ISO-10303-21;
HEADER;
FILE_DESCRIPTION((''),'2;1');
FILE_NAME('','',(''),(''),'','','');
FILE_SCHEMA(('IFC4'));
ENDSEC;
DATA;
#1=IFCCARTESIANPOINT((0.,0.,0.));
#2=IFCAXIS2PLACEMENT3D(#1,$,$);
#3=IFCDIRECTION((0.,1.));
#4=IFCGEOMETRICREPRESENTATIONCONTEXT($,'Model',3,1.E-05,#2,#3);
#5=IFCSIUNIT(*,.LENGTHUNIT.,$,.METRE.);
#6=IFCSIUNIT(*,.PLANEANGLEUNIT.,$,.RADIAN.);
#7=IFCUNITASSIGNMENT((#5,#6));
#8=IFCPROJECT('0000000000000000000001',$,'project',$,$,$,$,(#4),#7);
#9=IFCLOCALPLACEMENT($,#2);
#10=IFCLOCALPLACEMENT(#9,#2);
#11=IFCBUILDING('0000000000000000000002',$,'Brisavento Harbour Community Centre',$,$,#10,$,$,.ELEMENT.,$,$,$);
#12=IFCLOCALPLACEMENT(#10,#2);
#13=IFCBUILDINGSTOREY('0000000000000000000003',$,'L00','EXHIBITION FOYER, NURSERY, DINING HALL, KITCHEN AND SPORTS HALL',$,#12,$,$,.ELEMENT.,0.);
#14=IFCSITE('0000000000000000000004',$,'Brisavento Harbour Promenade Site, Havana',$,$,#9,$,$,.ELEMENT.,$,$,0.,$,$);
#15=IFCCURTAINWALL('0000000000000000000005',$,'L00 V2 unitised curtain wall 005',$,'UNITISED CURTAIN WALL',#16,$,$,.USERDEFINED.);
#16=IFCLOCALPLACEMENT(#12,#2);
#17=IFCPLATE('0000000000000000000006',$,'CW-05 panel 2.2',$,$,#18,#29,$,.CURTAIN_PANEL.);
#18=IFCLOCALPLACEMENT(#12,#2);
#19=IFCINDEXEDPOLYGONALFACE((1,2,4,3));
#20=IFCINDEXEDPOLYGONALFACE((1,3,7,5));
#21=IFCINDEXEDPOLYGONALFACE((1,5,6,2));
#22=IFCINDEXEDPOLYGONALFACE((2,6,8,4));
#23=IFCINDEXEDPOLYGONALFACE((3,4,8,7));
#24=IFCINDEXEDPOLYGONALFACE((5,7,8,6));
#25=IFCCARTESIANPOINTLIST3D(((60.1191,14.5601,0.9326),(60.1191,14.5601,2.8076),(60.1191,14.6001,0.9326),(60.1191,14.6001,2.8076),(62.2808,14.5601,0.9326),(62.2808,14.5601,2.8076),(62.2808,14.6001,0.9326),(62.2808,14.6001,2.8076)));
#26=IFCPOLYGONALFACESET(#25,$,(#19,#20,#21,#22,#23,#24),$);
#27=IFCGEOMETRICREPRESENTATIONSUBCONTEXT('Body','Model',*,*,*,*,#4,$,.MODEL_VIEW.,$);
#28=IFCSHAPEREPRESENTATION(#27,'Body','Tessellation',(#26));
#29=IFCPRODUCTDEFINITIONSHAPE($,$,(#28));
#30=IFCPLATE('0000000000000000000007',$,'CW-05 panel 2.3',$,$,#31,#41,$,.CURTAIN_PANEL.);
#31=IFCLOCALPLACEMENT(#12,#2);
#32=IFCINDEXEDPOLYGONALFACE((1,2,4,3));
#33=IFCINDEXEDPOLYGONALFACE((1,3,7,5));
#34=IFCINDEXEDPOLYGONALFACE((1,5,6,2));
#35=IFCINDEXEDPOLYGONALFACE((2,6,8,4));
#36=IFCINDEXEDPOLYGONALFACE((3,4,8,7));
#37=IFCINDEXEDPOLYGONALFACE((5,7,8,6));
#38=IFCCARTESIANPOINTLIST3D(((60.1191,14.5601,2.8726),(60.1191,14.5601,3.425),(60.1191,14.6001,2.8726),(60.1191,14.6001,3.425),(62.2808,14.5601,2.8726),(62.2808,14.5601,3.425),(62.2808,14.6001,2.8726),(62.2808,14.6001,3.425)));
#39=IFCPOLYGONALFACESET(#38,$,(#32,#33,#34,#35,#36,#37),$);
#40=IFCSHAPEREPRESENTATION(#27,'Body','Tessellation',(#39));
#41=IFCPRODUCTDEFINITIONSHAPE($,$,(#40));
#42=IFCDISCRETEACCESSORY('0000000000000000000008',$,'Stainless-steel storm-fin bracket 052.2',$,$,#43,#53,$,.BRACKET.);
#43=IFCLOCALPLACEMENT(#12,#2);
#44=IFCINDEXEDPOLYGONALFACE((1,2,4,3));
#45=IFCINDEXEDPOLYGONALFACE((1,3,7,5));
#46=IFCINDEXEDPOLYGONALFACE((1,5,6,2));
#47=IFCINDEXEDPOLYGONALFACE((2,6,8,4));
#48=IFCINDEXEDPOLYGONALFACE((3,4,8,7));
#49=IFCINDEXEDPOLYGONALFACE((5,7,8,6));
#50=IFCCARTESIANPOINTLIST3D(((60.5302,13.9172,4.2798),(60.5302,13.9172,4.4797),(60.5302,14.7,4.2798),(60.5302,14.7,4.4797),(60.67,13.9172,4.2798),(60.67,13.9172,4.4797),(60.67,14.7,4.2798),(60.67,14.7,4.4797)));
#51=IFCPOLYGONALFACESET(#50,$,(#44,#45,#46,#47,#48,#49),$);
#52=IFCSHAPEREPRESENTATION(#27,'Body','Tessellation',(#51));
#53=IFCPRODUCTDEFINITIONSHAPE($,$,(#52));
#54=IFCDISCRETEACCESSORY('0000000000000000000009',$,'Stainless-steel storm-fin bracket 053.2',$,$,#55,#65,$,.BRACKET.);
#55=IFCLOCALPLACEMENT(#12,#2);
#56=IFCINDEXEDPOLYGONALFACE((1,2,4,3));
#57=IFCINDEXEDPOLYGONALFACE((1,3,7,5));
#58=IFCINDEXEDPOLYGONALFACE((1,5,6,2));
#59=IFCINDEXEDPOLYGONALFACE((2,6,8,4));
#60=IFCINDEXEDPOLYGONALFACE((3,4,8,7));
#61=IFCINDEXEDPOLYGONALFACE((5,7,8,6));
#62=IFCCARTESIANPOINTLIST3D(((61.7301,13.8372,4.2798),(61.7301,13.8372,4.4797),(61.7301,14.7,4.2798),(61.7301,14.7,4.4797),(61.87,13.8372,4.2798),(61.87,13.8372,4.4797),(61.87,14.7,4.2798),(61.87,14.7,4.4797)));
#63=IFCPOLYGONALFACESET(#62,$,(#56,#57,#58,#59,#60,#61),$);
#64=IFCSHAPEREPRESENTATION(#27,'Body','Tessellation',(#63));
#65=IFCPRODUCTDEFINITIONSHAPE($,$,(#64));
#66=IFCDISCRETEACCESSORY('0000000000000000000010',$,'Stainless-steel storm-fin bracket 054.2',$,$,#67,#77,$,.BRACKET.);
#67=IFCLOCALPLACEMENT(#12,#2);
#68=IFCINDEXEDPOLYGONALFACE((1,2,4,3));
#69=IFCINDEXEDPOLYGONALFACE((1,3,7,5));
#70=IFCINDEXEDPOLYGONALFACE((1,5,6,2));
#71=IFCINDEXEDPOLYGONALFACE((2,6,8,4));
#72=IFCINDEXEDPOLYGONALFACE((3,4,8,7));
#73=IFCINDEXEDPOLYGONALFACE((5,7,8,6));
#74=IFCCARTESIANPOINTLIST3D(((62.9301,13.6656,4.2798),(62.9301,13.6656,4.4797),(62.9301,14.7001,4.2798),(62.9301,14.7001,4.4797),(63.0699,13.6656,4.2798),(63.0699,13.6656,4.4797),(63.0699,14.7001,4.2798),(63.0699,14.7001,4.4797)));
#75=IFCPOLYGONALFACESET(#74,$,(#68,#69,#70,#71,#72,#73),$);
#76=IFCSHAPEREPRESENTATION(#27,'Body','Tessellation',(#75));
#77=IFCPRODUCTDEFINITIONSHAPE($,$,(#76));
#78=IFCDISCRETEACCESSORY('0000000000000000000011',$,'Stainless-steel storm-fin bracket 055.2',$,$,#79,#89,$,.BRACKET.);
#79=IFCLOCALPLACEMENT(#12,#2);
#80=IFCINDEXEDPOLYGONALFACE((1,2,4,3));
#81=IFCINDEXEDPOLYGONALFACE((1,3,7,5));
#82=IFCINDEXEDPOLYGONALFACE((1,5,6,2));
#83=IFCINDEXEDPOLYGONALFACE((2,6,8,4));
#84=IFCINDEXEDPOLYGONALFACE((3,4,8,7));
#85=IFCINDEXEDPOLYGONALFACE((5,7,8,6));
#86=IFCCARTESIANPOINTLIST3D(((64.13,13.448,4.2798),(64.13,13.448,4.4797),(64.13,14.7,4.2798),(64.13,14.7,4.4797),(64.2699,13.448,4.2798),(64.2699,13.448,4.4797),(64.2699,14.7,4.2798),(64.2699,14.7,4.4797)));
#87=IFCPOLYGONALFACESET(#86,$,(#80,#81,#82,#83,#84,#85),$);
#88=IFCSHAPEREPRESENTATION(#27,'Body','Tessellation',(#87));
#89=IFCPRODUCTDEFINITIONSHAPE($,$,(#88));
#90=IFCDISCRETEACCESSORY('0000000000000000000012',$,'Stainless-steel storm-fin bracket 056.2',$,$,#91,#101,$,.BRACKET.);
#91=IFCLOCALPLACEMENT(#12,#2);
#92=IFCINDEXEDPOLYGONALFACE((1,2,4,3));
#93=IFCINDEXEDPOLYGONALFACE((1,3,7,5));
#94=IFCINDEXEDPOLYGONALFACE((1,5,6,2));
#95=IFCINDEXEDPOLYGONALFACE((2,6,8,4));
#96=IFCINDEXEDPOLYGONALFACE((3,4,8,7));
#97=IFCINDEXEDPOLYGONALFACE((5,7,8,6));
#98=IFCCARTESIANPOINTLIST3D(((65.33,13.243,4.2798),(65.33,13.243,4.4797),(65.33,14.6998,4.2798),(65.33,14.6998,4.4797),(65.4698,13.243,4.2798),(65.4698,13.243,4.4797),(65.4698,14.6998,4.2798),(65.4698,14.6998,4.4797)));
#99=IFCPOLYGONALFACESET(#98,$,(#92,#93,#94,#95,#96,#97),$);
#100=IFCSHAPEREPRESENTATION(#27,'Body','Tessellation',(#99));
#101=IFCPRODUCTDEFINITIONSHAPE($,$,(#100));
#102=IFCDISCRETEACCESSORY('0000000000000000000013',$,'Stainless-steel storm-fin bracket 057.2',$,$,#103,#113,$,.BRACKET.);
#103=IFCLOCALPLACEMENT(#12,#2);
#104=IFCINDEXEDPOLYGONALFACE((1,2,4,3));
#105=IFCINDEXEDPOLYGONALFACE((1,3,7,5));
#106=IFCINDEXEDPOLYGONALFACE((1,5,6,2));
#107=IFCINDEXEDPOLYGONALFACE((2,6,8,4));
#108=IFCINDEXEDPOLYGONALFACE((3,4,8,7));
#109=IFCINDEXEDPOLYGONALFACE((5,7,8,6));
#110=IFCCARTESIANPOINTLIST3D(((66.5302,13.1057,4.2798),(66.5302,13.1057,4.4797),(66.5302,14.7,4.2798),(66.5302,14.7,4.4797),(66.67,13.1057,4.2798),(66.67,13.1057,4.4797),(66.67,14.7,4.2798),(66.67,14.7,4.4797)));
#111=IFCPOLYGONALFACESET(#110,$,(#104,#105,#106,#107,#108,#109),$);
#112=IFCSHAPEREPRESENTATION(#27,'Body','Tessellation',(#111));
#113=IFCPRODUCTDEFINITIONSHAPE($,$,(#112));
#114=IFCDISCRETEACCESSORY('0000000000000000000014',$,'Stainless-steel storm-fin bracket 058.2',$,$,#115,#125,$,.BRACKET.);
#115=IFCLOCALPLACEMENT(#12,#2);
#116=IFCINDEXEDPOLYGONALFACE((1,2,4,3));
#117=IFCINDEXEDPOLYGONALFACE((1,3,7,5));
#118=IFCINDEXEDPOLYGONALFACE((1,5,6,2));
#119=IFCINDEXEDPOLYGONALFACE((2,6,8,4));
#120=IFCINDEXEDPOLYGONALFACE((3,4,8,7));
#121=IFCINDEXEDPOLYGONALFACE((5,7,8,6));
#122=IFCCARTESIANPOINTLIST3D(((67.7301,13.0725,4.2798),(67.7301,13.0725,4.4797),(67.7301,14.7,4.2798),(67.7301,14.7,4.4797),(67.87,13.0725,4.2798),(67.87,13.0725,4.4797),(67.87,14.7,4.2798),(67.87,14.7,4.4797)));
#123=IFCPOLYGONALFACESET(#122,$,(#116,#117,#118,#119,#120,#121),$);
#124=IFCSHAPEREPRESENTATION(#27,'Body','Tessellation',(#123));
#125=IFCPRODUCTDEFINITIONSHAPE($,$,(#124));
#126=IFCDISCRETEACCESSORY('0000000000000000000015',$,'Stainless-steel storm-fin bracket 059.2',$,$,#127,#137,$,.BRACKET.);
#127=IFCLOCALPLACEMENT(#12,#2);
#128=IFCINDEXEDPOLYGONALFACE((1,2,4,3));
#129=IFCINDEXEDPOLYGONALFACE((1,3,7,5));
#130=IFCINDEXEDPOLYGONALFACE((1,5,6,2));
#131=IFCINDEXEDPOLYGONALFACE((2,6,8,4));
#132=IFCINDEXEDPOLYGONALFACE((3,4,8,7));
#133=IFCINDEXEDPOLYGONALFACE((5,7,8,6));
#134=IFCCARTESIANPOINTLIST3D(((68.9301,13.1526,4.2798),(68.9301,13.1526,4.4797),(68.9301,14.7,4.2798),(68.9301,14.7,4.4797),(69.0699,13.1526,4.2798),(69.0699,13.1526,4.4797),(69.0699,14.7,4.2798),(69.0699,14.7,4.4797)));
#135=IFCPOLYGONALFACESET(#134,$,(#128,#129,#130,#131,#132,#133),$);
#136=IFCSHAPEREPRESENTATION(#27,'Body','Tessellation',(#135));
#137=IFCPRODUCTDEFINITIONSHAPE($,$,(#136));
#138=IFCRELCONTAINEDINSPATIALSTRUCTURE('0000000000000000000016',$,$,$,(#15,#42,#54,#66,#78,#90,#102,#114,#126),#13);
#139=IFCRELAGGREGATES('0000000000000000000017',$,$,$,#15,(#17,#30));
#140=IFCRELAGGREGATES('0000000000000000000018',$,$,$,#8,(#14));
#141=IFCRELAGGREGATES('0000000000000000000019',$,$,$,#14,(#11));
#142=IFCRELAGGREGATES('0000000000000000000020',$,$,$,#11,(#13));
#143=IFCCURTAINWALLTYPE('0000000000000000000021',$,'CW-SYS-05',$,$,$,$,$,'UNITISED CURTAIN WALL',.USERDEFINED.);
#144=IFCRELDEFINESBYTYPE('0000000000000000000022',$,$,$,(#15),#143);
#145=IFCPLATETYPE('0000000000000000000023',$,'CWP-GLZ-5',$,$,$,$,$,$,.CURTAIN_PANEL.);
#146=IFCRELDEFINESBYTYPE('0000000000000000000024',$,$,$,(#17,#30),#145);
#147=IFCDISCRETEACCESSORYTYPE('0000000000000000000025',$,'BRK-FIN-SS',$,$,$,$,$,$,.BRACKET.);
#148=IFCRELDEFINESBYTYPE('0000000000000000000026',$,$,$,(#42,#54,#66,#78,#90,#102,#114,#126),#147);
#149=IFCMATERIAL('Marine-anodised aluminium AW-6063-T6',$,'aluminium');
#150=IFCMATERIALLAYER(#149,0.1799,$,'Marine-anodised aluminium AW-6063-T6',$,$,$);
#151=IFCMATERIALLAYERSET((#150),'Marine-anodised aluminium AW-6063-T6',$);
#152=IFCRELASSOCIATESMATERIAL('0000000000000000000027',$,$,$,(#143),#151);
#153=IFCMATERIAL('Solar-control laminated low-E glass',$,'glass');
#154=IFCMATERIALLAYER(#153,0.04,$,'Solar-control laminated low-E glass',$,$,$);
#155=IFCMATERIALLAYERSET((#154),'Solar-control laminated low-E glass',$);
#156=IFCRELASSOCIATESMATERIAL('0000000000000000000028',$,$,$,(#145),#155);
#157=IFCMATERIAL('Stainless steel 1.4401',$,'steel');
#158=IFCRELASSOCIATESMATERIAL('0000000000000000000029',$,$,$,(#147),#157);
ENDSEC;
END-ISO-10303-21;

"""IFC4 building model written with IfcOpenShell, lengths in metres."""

from ifc_helpers import new_model, si_unit, direction, frame, origin, origin_2d, place, context, subcontext, project, spatial, rectangle, extrude, material, layer, layer_set, type_object, element, aggregate, save


model = new_model("IFC4")

# Units and contexts
model_context = context("Model", 3, precision=1e-05, world=origin(), true_north=direction((0.0, 1.0)))
body_context = subcontext(model_context, "Body", "Model", "MODEL_VIEW")
ifc_project = project(units=[si_unit("LENGTHUNIT", "METRE"), si_unit("PLANEANGLEUNIT", "RADIAN")], contexts=[model_context])

# Site, building, storey
site_placement = place(None, origin())
site = spatial("IfcSite", under=ifc_project, at=site_placement, Name="Brisavento Harbour Promenade Site, Havana", CompositionType="ELEMENT", RefElevation=0.0)
building_placement = place(site_placement, origin())
building = spatial("IfcBuilding", under=site, at=building_placement, Name="Brisavento Harbour Community Centre", CompositionType="ELEMENT")
storey_placement = place(building_placement, origin())
storey = spatial("IfcBuildingStorey", under=building, at=storey_placement, Name="L00", Description="EXHIBITION FOYER, NURSERY, DINING HALL, KITCHEN AND SPORTS HALL", CompositionType="ELEMENT", Elevation=0.0)

# Curtain wall, plates
ifc_material_1 = material(Name="Marine-anodised aluminium AW-6063-T6", Category="aluminium")
ifc_layer_1 = layer(ifc_material_1, 0.1799, Name="Marine-anodised aluminium AW-6063-T6")
ifc_layer_set_1 = layer_set([ifc_layer_1], Name="Marine-anodised aluminium AW-6063-T6")
curtain_wall_type = type_object("IfcCurtainWallType", Name="CW-SYS-05", ElementType="UNITISED CURTAIN WALL", PredefinedType="USERDEFINED", material=ifc_layer_set_1)
curtain_wall_placement = place(storey_placement, origin())
curtain_wall = element("IfcCurtainWall", 1, at=curtain_wall_placement, inside=storey, type_object=curtain_wall_type, Name="L00 V2 unitised curtain wall 005", ObjectType="UNITISED CURTAIN WALL", PredefinedType="USERDEFINED")
ifc_material_2 = material(Name="Solar-control laminated low-E glass", Category="glass")
ifc_layer_2 = layer(ifc_material_2, 0.04, Name="Solar-control laminated low-E glass")
ifc_layer_set_2 = layer_set([ifc_layer_2], Name="Solar-control laminated low-E glass")
plate_type = type_object("IfcPlateType", Name="CWP-GLZ-5", PredefinedType="CURTAIN_PANEL", material=ifc_layer_set_2)
plate_1_placement = place(storey_placement, frame((61.2, 14.5801, 0.9326), z_axis=(0.0, 0.0, 1.0), x_axis=(-1.0, 0.0, 0.0)))
plate_1 = element("IfcPlate", 2, at=plate_1_placement, type_object=plate_type, Name="CW-05 panel 2.2", PredefinedType="CURTAIN_PANEL", context=body_context, shape_type="SweptSolid", body=[
    extrude(rectangle(XDim=2.1616, YDim=0.04, at=origin_2d()), origin(), (0.0, 0.0, 1.0), 1.875),
])
plate_2_placement = place(storey_placement, frame((61.2, 14.5801, 2.8726), z_axis=(0.0, 0.0, 1.0), x_axis=(-1.0, 0.0, 0.0)))
plate_2 = element("IfcPlate", 3, at=plate_2_placement, type_object=plate_type, Name="CW-05 panel 2.3", PredefinedType="CURTAIN_PANEL", context=body_context, shape_type="SweptSolid", body=[
    extrude(rectangle(XDim=2.1616, YDim=0.04, at=origin_2d()), origin(), (0.0, 0.0, 1.0), 0.5525),
])
aggregate(curtain_wall, [plate_1, plate_2])

# Discrete accessories
ifc_material_3 = material(Name="Stainless steel 1.4401", Category="steel")
discrete_accessory_type = type_object("IfcDiscreteAccessoryType", Name="BRK-FIN-SS", PredefinedType="BRACKET", material=ifc_material_3)
discrete_accessory_1_placement = place(storey_placement, frame((60.6001, 14.3086, 4.2798), z_axis=(0.0, 0.0, 1.0), x_axis=(0.0, -1.0, 0.0)))
element("IfcDiscreteAccessory", 4, at=discrete_accessory_1_placement, inside=storey, type_object=discrete_accessory_type, Name="Stainless-steel storm-fin bracket 052.2", PredefinedType="BRACKET", context=body_context, shape_type="SweptSolid", body=[
    extrude(rectangle(XDim=0.7827, YDim=0.1399, at=origin_2d()), origin(), (0.0, 0.0, 1.0), 0.2),
])
discrete_accessory_2_placement = place(storey_placement, frame((61.8, 14.2686, 4.2798), z_axis=(0.0, 0.0, 1.0), x_axis=(0.0, -1.0, 0.0)))
element("IfcDiscreteAccessory", 5, at=discrete_accessory_2_placement, inside=storey, type_object=discrete_accessory_type, Name="Stainless-steel storm-fin bracket 053.2", PredefinedType="BRACKET", context=body_context, shape_type="SweptSolid", body=[
    extrude(rectangle(XDim=0.8628, YDim=0.1399, at=origin_2d()), origin(), (0.0, 0.0, 1.0), 0.2),
])
discrete_accessory_3_placement = place(storey_placement, frame((63.0, 14.1829, 4.2798), z_axis=(0.0, 0.0, 1.0), x_axis=(0.0, -1.0, 0.0)))
element("IfcDiscreteAccessory", 6, at=discrete_accessory_3_placement, inside=storey, type_object=discrete_accessory_type, Name="Stainless-steel storm-fin bracket 054.2", PredefinedType="BRACKET", context=body_context, shape_type="SweptSolid", body=[
    extrude(rectangle(XDim=1.0344, YDim=0.1399, at=origin_2d()), origin(), (0.0, 0.0, 1.0), 0.2),
])
discrete_accessory_4_placement = place(storey_placement, frame((64.2, 14.074, 4.2798), z_axis=(0.0, 0.0, 1.0), x_axis=(0.0, -1.0, 0.0)))
element("IfcDiscreteAccessory", 7, at=discrete_accessory_4_placement, inside=storey, type_object=discrete_accessory_type, Name="Stainless-steel storm-fin bracket 055.2", PredefinedType="BRACKET", context=body_context, shape_type="SweptSolid", body=[
    extrude(rectangle(XDim=1.252, YDim=0.1399, at=origin_2d()), origin(), (0.0, 0.0, 1.0), 0.2),
])
discrete_accessory_5_placement = place(storey_placement, frame((65.3999, 13.9714, 4.2798), z_axis=(0.0, 0.0, 1.0), x_axis=(0.0, -1.0, 0.0)))
element("IfcDiscreteAccessory", 8, at=discrete_accessory_5_placement, inside=storey, type_object=discrete_accessory_type, Name="Stainless-steel storm-fin bracket 056.2", PredefinedType="BRACKET", context=body_context, shape_type="SweptSolid", body=[
    extrude(rectangle(XDim=1.4568, YDim=0.1399, at=origin_2d()), origin(), (0.0, 0.0, 1.0), 0.2),
])
discrete_accessory_6_placement = place(storey_placement, frame((66.6001, 13.9028, 4.2798), z_axis=(0.0, 0.0, 1.0), x_axis=(0.0, -1.0, 0.0)))
element("IfcDiscreteAccessory", 9, at=discrete_accessory_6_placement, inside=storey, type_object=discrete_accessory_type, Name="Stainless-steel storm-fin bracket 057.2", PredefinedType="BRACKET", context=body_context, shape_type="SweptSolid", body=[
    extrude(rectangle(XDim=1.5942, YDim=0.1399, at=origin_2d()), origin(), (0.0, 0.0, 1.0), 0.2),
])
discrete_accessory_7_placement = place(storey_placement, frame((67.8, 13.8862, 4.2798), z_axis=(0.0, 0.0, 1.0), x_axis=(0.0, -1.0, 0.0)))
element("IfcDiscreteAccessory", 10, at=discrete_accessory_7_placement, inside=storey, type_object=discrete_accessory_type, Name="Stainless-steel storm-fin bracket 058.2", PredefinedType="BRACKET", context=body_context, shape_type="SweptSolid", body=[
    extrude(rectangle(XDim=1.6274, YDim=0.1399, at=origin_2d()), origin(), (0.0, 0.0, 1.0), 0.2),
])
discrete_accessory_8_placement = place(storey_placement, frame((69.0, 13.9263, 4.2798), z_axis=(0.0, 0.0, 1.0), x_axis=(0.0, -1.0, 0.0)))
element("IfcDiscreteAccessory", 11, at=discrete_accessory_8_placement, inside=storey, type_object=discrete_accessory_type, Name="Stainless-steel storm-fin bracket 059.2", PredefinedType="BRACKET", context=body_context, shape_type="SweptSolid", body=[
    extrude(rectangle(XDim=1.5474, YDim=0.1399, at=origin_2d()), origin(), (0.0, 0.0, 1.0), 0.2),
])

save(model, "model.ifc")
